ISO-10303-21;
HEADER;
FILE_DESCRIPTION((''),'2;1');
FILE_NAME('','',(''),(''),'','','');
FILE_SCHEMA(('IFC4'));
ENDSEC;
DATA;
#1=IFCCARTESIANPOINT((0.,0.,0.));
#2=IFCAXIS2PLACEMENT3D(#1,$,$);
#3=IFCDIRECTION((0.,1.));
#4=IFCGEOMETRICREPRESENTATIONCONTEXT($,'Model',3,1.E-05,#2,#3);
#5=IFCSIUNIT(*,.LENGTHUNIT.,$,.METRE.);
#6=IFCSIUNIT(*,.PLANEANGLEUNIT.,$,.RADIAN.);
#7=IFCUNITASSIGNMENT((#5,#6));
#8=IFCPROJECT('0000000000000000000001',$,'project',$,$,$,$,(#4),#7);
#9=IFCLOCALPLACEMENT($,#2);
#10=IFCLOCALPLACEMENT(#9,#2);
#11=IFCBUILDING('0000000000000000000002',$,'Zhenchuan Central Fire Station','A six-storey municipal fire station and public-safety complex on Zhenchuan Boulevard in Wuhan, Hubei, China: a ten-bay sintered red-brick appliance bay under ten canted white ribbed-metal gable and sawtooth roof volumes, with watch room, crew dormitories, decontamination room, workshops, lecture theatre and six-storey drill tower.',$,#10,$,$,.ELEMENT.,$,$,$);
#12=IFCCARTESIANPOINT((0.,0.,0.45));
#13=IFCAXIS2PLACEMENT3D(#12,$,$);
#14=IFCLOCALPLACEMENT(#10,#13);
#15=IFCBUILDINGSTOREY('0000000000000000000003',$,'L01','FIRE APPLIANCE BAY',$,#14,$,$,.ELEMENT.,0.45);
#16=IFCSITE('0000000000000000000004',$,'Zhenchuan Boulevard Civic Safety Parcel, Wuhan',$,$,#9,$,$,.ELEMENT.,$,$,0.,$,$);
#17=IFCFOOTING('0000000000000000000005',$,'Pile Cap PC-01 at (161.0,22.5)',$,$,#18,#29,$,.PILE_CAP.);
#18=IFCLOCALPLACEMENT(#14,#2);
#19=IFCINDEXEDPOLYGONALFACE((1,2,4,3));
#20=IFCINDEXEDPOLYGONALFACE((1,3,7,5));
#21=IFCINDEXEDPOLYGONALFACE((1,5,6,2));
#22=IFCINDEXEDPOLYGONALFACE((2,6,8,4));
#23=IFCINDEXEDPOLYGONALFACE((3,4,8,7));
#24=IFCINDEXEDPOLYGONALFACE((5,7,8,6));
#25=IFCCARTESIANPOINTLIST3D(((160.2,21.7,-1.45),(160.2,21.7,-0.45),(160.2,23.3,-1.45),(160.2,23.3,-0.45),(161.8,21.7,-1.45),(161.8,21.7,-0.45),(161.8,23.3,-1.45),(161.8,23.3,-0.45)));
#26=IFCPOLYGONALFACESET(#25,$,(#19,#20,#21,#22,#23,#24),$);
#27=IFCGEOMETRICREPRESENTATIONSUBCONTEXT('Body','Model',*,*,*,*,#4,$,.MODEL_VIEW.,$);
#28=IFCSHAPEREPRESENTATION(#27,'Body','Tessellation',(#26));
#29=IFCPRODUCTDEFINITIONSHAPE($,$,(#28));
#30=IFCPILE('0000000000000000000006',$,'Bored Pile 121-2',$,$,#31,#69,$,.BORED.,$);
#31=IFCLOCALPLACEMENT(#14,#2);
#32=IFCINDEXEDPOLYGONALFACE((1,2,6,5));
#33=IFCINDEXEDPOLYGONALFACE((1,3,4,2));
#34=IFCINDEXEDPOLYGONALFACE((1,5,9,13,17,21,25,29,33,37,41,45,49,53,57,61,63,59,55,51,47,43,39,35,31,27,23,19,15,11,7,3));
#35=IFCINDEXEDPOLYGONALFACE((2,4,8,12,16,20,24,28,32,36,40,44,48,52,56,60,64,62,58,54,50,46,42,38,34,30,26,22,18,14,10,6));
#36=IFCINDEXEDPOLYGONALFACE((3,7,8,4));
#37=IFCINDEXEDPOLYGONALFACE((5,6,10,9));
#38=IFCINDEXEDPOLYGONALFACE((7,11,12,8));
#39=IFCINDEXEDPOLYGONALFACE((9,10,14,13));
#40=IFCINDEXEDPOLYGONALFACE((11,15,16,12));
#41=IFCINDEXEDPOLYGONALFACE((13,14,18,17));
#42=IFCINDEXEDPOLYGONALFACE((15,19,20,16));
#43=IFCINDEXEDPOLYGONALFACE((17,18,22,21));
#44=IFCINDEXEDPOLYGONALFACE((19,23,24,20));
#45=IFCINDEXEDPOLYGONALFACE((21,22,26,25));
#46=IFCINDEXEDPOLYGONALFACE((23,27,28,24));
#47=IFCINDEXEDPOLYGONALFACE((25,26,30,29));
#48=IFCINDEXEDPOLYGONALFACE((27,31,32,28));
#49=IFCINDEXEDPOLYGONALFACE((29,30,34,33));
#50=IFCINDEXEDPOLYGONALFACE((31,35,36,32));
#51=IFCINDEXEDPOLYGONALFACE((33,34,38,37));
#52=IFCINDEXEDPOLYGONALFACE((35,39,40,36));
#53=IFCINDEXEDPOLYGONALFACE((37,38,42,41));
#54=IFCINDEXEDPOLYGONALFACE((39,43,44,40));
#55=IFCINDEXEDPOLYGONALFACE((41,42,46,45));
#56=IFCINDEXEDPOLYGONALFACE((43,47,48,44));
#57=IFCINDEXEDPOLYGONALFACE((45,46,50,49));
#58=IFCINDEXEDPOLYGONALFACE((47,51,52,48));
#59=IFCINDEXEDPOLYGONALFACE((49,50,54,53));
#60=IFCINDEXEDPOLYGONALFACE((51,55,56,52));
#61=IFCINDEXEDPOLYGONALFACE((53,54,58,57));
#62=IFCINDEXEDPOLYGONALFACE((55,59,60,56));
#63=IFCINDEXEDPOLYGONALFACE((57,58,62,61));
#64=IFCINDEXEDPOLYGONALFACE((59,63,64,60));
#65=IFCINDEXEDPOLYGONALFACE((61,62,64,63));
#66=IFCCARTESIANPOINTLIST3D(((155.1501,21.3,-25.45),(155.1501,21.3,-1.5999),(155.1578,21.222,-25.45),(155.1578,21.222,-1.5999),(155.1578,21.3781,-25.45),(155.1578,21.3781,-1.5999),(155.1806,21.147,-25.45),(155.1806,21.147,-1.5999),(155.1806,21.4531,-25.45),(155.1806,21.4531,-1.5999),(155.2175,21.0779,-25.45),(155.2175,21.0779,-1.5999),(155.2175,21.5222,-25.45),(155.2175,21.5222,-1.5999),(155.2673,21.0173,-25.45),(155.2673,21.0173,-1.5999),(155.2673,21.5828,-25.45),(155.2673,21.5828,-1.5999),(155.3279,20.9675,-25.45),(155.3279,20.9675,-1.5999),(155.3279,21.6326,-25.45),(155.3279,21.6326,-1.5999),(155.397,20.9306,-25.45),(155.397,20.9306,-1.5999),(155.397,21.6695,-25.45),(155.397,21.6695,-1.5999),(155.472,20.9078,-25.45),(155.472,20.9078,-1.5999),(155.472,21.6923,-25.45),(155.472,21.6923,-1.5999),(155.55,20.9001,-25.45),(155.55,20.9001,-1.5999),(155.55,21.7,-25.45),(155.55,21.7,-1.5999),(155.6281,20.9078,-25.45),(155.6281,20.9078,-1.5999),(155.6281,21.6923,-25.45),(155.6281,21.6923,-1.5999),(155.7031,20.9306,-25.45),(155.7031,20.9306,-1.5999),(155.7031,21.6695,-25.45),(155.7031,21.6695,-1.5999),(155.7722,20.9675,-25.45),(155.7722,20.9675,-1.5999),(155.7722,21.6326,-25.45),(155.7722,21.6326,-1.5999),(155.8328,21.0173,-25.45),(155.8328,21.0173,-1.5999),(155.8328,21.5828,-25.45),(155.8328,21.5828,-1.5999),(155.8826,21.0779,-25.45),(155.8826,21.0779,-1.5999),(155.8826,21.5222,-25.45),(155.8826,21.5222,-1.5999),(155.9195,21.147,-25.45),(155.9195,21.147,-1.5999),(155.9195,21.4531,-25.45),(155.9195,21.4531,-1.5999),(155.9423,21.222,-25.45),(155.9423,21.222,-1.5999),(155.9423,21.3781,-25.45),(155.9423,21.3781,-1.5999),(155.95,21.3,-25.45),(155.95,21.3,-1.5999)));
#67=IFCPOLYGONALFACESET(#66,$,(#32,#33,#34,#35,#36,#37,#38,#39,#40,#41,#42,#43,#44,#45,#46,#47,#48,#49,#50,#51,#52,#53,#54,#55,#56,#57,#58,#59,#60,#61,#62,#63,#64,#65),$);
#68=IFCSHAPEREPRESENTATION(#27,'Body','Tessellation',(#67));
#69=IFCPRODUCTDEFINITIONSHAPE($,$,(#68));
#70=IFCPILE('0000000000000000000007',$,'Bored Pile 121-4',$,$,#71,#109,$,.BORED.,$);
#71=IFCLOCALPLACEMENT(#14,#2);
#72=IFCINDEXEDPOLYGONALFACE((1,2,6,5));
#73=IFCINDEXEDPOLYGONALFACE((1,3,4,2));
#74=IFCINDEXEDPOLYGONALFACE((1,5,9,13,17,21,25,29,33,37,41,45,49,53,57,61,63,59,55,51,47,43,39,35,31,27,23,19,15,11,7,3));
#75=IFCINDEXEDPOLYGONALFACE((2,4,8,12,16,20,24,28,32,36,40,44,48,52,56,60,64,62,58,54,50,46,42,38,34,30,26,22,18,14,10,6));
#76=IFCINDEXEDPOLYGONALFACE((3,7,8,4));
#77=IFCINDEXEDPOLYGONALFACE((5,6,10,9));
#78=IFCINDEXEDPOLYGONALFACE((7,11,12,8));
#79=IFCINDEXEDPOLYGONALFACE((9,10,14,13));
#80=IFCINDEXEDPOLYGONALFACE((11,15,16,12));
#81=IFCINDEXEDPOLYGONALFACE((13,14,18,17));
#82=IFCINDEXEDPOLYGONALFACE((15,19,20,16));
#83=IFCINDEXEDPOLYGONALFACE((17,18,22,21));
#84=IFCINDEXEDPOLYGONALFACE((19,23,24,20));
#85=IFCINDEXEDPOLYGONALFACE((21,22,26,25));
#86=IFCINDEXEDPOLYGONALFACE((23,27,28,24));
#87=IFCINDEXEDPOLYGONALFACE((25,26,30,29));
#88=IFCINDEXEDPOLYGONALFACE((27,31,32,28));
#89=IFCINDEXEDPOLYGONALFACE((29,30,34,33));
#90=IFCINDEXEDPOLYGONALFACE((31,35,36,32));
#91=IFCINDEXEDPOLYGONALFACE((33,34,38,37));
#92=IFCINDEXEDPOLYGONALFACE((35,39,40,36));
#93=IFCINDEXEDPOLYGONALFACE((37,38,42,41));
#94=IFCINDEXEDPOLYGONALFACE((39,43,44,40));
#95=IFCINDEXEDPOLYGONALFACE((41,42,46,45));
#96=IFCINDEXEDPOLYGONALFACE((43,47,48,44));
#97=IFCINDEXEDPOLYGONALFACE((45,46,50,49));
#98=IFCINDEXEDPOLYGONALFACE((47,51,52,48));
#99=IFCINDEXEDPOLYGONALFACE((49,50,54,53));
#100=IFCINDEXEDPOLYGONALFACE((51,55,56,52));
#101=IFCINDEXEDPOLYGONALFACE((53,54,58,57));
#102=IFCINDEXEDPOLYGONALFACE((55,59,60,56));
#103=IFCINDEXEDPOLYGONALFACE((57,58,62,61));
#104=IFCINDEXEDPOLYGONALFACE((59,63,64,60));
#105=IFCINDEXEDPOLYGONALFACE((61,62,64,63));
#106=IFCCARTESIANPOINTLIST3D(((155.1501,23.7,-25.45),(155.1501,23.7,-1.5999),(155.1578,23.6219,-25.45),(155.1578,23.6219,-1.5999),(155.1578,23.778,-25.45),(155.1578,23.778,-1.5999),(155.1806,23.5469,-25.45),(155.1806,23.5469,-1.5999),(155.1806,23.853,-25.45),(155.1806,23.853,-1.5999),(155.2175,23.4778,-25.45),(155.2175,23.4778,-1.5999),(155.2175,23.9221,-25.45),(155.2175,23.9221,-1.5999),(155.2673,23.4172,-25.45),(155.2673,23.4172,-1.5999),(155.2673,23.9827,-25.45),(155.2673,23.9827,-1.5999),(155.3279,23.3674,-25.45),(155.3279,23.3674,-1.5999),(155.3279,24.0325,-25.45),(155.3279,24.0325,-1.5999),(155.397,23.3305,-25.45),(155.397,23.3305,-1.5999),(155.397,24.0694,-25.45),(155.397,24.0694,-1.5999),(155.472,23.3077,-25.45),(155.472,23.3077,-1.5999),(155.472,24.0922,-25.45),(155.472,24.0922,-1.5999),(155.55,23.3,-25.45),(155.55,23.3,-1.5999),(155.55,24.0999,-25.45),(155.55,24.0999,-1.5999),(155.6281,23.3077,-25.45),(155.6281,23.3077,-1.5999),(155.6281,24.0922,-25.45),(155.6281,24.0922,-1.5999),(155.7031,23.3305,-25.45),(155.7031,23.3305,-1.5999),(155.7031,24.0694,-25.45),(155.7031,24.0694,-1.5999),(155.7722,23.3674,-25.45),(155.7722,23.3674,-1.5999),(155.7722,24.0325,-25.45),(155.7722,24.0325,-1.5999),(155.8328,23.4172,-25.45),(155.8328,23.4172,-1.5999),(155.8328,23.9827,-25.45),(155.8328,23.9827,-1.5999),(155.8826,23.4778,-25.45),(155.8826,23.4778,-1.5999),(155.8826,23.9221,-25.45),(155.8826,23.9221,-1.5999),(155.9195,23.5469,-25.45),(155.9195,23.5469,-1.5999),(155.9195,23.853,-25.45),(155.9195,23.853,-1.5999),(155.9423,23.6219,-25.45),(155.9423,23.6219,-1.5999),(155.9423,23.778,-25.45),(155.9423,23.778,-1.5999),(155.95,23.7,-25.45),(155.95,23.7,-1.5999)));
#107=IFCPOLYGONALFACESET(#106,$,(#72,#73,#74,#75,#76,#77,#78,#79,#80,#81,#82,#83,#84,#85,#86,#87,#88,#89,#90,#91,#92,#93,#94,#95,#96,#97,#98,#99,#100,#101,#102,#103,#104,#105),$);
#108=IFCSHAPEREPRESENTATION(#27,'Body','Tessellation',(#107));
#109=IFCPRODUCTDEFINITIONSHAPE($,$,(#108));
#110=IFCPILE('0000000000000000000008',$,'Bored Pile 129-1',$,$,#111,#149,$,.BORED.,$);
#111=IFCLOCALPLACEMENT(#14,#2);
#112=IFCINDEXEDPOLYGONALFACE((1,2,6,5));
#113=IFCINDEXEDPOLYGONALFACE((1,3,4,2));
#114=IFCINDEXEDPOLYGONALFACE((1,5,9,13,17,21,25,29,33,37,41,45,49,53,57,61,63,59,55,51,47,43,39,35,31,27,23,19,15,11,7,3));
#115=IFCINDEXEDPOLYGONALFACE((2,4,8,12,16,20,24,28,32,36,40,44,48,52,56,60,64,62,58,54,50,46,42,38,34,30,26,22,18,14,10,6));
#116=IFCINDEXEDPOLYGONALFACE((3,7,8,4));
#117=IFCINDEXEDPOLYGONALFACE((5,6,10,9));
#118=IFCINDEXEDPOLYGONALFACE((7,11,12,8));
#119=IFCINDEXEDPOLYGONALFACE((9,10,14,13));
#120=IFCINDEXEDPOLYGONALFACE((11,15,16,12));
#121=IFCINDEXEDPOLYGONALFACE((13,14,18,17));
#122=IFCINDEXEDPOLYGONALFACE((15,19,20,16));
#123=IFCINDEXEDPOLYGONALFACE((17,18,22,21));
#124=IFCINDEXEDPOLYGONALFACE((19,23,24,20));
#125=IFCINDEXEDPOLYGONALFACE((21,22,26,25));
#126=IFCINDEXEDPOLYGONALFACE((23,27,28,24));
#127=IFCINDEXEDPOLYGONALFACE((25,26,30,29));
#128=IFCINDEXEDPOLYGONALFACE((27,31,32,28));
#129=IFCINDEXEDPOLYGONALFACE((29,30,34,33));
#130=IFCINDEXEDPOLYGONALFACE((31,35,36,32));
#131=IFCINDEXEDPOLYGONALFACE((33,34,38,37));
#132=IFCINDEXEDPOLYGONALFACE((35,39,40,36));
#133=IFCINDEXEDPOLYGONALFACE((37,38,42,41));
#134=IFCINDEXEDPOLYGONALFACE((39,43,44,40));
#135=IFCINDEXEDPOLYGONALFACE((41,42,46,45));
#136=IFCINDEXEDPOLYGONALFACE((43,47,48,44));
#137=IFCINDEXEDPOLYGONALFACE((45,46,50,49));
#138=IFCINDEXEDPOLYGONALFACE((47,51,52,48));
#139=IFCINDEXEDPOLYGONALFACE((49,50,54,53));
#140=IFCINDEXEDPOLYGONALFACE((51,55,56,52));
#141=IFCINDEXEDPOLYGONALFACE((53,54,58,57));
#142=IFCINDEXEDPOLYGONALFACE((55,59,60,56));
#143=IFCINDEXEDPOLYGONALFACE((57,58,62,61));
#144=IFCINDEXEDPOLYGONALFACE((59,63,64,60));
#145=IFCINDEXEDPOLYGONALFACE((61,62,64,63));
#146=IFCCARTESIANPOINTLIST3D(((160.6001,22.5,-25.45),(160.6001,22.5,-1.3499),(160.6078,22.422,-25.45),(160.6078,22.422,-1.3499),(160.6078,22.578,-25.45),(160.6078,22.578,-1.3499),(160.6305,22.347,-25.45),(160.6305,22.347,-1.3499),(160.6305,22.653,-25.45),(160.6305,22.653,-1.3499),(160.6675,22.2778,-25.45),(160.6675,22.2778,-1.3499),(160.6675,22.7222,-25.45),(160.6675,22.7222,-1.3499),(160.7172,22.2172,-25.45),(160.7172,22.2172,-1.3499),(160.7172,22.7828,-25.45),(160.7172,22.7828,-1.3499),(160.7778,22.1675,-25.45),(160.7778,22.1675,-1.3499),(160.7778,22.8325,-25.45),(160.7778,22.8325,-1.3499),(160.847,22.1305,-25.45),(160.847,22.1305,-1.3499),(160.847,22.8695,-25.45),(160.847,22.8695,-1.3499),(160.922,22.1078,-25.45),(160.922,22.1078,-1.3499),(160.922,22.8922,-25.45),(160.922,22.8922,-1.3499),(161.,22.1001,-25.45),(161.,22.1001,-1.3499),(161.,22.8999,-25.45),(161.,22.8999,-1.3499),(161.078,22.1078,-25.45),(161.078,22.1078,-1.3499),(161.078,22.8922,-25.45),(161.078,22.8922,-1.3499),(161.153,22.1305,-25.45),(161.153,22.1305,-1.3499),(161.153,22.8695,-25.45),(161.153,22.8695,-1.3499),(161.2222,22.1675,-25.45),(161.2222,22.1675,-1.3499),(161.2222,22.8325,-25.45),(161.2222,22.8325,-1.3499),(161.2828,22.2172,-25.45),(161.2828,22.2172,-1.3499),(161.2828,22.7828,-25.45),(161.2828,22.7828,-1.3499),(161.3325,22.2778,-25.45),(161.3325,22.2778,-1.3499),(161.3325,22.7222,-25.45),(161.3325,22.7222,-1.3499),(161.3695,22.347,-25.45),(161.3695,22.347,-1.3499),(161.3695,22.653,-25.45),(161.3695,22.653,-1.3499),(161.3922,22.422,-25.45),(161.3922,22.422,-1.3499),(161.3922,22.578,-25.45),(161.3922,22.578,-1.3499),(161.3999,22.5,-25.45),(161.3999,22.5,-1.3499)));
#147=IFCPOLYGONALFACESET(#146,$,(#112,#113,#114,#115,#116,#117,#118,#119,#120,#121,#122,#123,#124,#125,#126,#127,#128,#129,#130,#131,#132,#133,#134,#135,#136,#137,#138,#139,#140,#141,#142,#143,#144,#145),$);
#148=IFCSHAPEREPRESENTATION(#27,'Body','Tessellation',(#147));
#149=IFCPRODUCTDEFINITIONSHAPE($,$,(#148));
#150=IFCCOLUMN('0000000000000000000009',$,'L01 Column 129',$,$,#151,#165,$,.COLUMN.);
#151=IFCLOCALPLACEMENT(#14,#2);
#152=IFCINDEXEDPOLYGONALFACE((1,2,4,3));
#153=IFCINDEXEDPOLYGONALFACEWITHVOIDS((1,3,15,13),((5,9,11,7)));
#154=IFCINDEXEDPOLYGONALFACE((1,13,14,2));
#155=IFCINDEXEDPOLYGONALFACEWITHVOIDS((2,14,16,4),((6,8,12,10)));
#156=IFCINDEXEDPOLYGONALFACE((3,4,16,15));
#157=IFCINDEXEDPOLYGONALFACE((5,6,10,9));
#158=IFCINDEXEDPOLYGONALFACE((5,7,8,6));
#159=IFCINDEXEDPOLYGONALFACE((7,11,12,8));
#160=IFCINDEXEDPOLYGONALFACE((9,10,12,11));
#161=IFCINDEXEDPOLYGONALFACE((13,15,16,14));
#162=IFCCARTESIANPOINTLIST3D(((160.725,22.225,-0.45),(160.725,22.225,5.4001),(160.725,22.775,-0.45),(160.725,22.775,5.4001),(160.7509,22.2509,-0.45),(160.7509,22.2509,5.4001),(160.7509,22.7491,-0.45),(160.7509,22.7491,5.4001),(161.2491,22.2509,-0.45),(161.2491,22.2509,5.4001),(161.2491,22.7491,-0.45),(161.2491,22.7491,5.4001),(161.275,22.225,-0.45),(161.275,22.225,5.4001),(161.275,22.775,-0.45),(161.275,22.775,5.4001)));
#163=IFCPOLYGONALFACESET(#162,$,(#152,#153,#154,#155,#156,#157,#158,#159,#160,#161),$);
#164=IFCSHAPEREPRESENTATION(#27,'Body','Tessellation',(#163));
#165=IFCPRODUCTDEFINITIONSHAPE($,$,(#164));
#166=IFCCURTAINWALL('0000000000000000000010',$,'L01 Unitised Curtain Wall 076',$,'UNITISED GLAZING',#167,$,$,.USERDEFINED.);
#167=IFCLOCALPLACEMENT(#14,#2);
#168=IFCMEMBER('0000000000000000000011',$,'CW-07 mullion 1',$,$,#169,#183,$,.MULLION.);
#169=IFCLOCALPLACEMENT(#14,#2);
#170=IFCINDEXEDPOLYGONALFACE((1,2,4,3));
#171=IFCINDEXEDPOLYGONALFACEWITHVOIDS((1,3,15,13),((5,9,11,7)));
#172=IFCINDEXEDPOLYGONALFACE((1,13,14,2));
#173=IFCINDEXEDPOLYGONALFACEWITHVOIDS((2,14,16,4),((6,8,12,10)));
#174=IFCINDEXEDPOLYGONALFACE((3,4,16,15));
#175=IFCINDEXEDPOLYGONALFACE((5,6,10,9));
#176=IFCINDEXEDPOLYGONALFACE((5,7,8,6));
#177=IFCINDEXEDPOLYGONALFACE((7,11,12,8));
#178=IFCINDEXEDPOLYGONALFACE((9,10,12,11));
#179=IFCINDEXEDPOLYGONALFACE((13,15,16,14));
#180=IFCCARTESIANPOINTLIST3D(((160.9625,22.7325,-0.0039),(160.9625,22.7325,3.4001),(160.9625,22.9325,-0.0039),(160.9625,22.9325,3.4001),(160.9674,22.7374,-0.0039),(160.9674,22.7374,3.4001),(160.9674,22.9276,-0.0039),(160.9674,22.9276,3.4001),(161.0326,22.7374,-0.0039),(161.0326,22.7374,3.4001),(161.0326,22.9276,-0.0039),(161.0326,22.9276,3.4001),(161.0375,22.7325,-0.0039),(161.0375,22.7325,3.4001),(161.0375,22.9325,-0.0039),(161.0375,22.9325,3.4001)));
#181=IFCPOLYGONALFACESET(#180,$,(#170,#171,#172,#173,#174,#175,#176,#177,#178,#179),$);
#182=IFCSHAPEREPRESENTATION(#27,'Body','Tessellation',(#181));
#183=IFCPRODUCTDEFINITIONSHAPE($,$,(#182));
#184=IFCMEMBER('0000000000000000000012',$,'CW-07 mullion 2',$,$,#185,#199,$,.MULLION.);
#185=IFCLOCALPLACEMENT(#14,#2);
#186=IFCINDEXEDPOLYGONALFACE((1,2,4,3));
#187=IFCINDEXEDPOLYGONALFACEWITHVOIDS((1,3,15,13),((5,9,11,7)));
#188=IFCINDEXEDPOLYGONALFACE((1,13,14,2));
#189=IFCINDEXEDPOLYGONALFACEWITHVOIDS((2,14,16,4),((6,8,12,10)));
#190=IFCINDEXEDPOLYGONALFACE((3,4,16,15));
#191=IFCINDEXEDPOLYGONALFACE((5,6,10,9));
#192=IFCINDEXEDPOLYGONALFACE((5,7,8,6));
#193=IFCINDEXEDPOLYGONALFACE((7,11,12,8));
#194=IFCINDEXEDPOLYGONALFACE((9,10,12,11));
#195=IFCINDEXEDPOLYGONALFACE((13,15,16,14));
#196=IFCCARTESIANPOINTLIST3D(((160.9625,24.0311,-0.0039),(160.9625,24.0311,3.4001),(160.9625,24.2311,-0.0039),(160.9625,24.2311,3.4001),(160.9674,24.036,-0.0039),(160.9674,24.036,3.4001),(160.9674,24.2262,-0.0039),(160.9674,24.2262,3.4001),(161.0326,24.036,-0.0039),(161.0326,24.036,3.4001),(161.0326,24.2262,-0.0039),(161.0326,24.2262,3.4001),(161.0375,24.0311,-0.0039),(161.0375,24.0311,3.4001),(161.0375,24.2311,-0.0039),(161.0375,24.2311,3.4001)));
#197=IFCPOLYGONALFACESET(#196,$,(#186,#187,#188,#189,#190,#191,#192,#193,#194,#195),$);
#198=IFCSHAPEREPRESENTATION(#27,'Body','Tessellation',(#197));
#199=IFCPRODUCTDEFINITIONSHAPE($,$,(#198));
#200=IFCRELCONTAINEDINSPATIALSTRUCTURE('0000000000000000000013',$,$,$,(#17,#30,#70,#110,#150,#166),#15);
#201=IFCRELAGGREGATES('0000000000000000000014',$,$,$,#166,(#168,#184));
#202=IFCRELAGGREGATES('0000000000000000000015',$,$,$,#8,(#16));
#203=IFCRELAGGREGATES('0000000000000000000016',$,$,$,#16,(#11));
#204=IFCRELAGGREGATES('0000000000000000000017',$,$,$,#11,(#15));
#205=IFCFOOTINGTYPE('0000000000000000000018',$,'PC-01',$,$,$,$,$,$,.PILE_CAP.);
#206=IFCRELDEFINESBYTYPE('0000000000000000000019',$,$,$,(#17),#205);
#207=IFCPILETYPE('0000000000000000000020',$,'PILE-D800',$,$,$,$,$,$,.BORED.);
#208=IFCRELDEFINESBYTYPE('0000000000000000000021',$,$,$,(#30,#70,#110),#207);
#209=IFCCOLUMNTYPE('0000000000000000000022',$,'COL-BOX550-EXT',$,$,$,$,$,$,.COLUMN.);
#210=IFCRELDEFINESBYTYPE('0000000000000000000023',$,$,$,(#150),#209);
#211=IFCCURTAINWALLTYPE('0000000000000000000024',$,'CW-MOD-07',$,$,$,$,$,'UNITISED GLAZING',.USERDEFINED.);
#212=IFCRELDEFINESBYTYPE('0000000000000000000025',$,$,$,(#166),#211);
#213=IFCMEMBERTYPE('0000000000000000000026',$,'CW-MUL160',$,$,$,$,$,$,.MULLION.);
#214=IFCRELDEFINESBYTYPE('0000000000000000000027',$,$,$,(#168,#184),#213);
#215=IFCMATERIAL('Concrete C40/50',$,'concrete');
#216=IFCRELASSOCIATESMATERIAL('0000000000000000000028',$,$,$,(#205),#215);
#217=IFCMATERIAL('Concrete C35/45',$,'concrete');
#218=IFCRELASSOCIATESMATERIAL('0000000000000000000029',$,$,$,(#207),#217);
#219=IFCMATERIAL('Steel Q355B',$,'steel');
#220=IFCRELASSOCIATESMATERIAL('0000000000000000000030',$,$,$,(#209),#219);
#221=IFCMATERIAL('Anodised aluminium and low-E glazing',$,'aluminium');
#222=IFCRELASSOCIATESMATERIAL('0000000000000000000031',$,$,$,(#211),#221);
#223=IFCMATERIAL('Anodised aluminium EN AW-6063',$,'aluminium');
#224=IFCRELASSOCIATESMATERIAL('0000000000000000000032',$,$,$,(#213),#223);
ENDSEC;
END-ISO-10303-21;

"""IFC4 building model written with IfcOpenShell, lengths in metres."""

from ifc_helpers import new_model, si_unit, direction, frame, origin, origin_2d, place, context, subcontext, project, spatial, rectangle, hollow_rectangle, circle, extrude, material, material_profile, profile_set, type_object, element, aggregate, save


model = new_model("IFC4")

# Units and contexts
model_context = context("Model", 3, precision=1e-05, world=origin(), true_north=direction((0.0, 1.0)))
body_context = subcontext(model_context, "Body", "Model", "MODEL_VIEW")
ifc_project = project(units=[si_unit("LENGTHUNIT", "METRE"), si_unit("PLANEANGLEUNIT", "RADIAN")], contexts=[model_context])

# Site, building, storey
site_placement = place(None, origin())
site = spatial("IfcSite", under=ifc_project, at=site_placement, Name="Zhenchuan Boulevard Civic Safety Parcel, Wuhan", CompositionType="ELEMENT", RefElevation=0.0)
building_placement = place(site_placement, origin())
building = spatial("IfcBuilding", under=site, at=building_placement, Name="Zhenchuan Central Fire Station", Description="A six-storey municipal fire station and public-safety complex on Zhenchuan Boulevard in Wuhan, Hubei, China: a ten-bay sintered red-brick appliance bay under ten canted white ribbed-metal gable and sawtooth roof volumes, with watch room, crew dormitories, decontamination room, workshops, lecture theatre and six-storey drill tower.", CompositionType="ELEMENT")
storey_placement = place(building_placement, frame((0.0, 0.0, 0.45)))
storey = spatial("IfcBuildingStorey", under=building, at=storey_placement, Name="L01", Description="FIRE APPLIANCE BAY", CompositionType="ELEMENT", Elevation=0.45)

# Footing
ifc_material_1 = material(Name="Concrete C40/50", Category="concrete")
footing_type = type_object("IfcFootingType", Name="PC-01", PredefinedType="PILE_CAP", material=ifc_material_1)
footing_placement = place(storey_placement, frame((161.0, 22.5, -1.45), z_axis=(0.0, 0.0, 1.0), x_axis=(1.0, 0.0, 0.0)))
element("IfcFooting", 1, at=footing_placement, inside=storey, type_object=footing_type, Name="Pile Cap PC-01 at (161.0,22.5)", PredefinedType="PILE_CAP", context=body_context, shape_type="SweptSolid", body=[
    extrude(rectangle(XDim=1.6001, YDim=1.6001, at=origin_2d()), origin(), (0.0, 0.0, 1.0), 1.0),
])

# Piles
ifc_material_2 = material(Name="Concrete C35/45", Category="concrete")
ifc_material_profile_1 = material_profile(ifc_material_2, circle(Radius=0.3999, at=origin_2d()), Name="PILE D800")
ifc_profile_set_1 = profile_set([ifc_material_profile_1], Name="Concrete C35/45")
pile_type = type_object("IfcPileType", Name="PILE-D800", PredefinedType="BORED", material=ifc_profile_set_1)
for number, where, z_axis, x_axis, name in (
    (2, (155.55, 21.3, -1.5999), (0.0, 0.0, -1.0), (1.0, 0.0, 0.0), "Bored Pile 121-2"),
    (3, (155.55, 23.7, -1.5999), (0.0, 0.0, -1.0), (1.0, 0.0, 0.0), "Bored Pile 121-4"),
):
    element("IfcPile", number, at=place(storey_placement, frame(where, z_axis=z_axis, x_axis=x_axis)), inside=storey, type_object=pile_type, Name=name, PredefinedType="BORED", context=body_context, shape_type="SweptSolid", body=[
        extrude(circle(Radius=0.3999, at=origin_2d()), origin(), (0.0, 0.0, 1.0), 23.8501),
    ])
pile_placement = place(storey_placement, frame((161.0, 22.5, -1.3499), z_axis=(0.0, 0.0, -1.0), x_axis=(1.0, 0.0, 0.0)))
element("IfcPile", 4, at=pile_placement, inside=storey, type_object=pile_type, Name="Bored Pile 129-1", PredefinedType="BORED", context=body_context, shape_type="SweptSolid", body=[
    extrude(circle(Radius=0.3999, at=origin_2d()), origin(), (0.0, 0.0, 1.0), 24.1001),
])

# Column
ifc_material_3 = material(Name="Steel Q355B", Category="steel")
ifc_material_profile_2 = material_profile(ifc_material_3, hollow_rectangle(XDim=0.55, YDim=0.55, WallThickness=0.0259, at=origin_2d()), Name="BOX 550x550x26")
ifc_profile_set_2 = profile_set([ifc_material_profile_2], Name="Steel Q355B")
column_type = type_object("IfcColumnType", Name="COL-BOX550-EXT", PredefinedType="COLUMN", material=ifc_profile_set_2)
column_placement = place(storey_placement, frame((161.0, 22.5, -0.45), z_axis=(0.0, 0.0, 1.0), x_axis=(1.0, 0.0, 0.0)))
element("IfcColumn", 5, at=column_placement, inside=storey, type_object=column_type, Name="L01 Column 129", PredefinedType="COLUMN", context=body_context, shape_type="SweptSolid", body=[
    extrude(hollow_rectangle(XDim=0.55, YDim=0.55, WallThickness=0.0259, at=origin_2d()), origin(), (0.0, 0.0, 1.0), 5.8501),
])

# Curtain wall, members
ifc_material_4 = material(Name="Anodised aluminium and low-E glazing", Category="aluminium")
curtain_wall_type_1 = type_object("IfcCurtainWallType", Name="CW-MOD-07", ElementType="UNITISED GLAZING", PredefinedType="USERDEFINED", material=ifc_material_4)
curtain_wall_1_placement = place(storey_placement, origin())
curtain_wall_1 = element("IfcCurtainWall", 6, at=curtain_wall_1_placement, inside=storey, type_object=curtain_wall_type_1, Name="L01 Unitised Curtain Wall 076", ObjectType="UNITISED GLAZING", PredefinedType="USERDEFINED")
ifc_material_5 = material(Name="Anodised aluminium EN AW-6063", Category="aluminium")
ifc_material_profile_3 = material_profile(ifc_material_5, hollow_rectangle(XDim=0.075, YDim=0.2, WallThickness=0.0049, at=origin_2d()), Name="ALU-M 200x75")
ifc_profile_set_3 = profile_set([ifc_material_profile_3], Name="Anodised aluminium EN AW-6063")
member_type_1 = type_object("IfcMemberType", Name="CW-MUL160", PredefinedType="MULLION", material=ifc_profile_set_3)
member_1_placement = place(storey_placement, frame((161.0, 22.8325, -0.0039), z_axis=(0.0, 0.0, 1.0), x_axis=(-1.0, 0.0, 0.0)))
member_1 = element("IfcMember", 7, at=member_1_placement, type_object=member_type_1, Name="CW-07 mullion 1", PredefinedType="MULLION", context=body_context, shape_type="SweptSolid", body=[
    extrude(hollow_rectangle(XDim=0.075, YDim=0.2, WallThickness=0.0049, at=origin_2d()), origin(), (0.0, 0.0, 1.0), 3.4041),
])
member_2_placement = place(storey_placement, frame((161.0, 24.1311, -0.0039), z_axis=(0.0, 0.0, 1.0), x_axis=(-1.0, 0.0, 0.0)))
member_2 = element("IfcMember", 8, at=member_2_placement, type_object=member_type_1, Name="CW-07 mullion 2", PredefinedType="MULLION", context=body_context, shape_type="SweptSolid", body=[
    extrude(hollow_rectangle(XDim=0.075, YDim=0.2, WallThickness=0.0049, at=origin_2d()), origin(), (0.0, 0.0, 1.0), 3.4041),
])

aggregate(curtain_wall_1, [member_1, member_2])

save(model, "model.ifc")
